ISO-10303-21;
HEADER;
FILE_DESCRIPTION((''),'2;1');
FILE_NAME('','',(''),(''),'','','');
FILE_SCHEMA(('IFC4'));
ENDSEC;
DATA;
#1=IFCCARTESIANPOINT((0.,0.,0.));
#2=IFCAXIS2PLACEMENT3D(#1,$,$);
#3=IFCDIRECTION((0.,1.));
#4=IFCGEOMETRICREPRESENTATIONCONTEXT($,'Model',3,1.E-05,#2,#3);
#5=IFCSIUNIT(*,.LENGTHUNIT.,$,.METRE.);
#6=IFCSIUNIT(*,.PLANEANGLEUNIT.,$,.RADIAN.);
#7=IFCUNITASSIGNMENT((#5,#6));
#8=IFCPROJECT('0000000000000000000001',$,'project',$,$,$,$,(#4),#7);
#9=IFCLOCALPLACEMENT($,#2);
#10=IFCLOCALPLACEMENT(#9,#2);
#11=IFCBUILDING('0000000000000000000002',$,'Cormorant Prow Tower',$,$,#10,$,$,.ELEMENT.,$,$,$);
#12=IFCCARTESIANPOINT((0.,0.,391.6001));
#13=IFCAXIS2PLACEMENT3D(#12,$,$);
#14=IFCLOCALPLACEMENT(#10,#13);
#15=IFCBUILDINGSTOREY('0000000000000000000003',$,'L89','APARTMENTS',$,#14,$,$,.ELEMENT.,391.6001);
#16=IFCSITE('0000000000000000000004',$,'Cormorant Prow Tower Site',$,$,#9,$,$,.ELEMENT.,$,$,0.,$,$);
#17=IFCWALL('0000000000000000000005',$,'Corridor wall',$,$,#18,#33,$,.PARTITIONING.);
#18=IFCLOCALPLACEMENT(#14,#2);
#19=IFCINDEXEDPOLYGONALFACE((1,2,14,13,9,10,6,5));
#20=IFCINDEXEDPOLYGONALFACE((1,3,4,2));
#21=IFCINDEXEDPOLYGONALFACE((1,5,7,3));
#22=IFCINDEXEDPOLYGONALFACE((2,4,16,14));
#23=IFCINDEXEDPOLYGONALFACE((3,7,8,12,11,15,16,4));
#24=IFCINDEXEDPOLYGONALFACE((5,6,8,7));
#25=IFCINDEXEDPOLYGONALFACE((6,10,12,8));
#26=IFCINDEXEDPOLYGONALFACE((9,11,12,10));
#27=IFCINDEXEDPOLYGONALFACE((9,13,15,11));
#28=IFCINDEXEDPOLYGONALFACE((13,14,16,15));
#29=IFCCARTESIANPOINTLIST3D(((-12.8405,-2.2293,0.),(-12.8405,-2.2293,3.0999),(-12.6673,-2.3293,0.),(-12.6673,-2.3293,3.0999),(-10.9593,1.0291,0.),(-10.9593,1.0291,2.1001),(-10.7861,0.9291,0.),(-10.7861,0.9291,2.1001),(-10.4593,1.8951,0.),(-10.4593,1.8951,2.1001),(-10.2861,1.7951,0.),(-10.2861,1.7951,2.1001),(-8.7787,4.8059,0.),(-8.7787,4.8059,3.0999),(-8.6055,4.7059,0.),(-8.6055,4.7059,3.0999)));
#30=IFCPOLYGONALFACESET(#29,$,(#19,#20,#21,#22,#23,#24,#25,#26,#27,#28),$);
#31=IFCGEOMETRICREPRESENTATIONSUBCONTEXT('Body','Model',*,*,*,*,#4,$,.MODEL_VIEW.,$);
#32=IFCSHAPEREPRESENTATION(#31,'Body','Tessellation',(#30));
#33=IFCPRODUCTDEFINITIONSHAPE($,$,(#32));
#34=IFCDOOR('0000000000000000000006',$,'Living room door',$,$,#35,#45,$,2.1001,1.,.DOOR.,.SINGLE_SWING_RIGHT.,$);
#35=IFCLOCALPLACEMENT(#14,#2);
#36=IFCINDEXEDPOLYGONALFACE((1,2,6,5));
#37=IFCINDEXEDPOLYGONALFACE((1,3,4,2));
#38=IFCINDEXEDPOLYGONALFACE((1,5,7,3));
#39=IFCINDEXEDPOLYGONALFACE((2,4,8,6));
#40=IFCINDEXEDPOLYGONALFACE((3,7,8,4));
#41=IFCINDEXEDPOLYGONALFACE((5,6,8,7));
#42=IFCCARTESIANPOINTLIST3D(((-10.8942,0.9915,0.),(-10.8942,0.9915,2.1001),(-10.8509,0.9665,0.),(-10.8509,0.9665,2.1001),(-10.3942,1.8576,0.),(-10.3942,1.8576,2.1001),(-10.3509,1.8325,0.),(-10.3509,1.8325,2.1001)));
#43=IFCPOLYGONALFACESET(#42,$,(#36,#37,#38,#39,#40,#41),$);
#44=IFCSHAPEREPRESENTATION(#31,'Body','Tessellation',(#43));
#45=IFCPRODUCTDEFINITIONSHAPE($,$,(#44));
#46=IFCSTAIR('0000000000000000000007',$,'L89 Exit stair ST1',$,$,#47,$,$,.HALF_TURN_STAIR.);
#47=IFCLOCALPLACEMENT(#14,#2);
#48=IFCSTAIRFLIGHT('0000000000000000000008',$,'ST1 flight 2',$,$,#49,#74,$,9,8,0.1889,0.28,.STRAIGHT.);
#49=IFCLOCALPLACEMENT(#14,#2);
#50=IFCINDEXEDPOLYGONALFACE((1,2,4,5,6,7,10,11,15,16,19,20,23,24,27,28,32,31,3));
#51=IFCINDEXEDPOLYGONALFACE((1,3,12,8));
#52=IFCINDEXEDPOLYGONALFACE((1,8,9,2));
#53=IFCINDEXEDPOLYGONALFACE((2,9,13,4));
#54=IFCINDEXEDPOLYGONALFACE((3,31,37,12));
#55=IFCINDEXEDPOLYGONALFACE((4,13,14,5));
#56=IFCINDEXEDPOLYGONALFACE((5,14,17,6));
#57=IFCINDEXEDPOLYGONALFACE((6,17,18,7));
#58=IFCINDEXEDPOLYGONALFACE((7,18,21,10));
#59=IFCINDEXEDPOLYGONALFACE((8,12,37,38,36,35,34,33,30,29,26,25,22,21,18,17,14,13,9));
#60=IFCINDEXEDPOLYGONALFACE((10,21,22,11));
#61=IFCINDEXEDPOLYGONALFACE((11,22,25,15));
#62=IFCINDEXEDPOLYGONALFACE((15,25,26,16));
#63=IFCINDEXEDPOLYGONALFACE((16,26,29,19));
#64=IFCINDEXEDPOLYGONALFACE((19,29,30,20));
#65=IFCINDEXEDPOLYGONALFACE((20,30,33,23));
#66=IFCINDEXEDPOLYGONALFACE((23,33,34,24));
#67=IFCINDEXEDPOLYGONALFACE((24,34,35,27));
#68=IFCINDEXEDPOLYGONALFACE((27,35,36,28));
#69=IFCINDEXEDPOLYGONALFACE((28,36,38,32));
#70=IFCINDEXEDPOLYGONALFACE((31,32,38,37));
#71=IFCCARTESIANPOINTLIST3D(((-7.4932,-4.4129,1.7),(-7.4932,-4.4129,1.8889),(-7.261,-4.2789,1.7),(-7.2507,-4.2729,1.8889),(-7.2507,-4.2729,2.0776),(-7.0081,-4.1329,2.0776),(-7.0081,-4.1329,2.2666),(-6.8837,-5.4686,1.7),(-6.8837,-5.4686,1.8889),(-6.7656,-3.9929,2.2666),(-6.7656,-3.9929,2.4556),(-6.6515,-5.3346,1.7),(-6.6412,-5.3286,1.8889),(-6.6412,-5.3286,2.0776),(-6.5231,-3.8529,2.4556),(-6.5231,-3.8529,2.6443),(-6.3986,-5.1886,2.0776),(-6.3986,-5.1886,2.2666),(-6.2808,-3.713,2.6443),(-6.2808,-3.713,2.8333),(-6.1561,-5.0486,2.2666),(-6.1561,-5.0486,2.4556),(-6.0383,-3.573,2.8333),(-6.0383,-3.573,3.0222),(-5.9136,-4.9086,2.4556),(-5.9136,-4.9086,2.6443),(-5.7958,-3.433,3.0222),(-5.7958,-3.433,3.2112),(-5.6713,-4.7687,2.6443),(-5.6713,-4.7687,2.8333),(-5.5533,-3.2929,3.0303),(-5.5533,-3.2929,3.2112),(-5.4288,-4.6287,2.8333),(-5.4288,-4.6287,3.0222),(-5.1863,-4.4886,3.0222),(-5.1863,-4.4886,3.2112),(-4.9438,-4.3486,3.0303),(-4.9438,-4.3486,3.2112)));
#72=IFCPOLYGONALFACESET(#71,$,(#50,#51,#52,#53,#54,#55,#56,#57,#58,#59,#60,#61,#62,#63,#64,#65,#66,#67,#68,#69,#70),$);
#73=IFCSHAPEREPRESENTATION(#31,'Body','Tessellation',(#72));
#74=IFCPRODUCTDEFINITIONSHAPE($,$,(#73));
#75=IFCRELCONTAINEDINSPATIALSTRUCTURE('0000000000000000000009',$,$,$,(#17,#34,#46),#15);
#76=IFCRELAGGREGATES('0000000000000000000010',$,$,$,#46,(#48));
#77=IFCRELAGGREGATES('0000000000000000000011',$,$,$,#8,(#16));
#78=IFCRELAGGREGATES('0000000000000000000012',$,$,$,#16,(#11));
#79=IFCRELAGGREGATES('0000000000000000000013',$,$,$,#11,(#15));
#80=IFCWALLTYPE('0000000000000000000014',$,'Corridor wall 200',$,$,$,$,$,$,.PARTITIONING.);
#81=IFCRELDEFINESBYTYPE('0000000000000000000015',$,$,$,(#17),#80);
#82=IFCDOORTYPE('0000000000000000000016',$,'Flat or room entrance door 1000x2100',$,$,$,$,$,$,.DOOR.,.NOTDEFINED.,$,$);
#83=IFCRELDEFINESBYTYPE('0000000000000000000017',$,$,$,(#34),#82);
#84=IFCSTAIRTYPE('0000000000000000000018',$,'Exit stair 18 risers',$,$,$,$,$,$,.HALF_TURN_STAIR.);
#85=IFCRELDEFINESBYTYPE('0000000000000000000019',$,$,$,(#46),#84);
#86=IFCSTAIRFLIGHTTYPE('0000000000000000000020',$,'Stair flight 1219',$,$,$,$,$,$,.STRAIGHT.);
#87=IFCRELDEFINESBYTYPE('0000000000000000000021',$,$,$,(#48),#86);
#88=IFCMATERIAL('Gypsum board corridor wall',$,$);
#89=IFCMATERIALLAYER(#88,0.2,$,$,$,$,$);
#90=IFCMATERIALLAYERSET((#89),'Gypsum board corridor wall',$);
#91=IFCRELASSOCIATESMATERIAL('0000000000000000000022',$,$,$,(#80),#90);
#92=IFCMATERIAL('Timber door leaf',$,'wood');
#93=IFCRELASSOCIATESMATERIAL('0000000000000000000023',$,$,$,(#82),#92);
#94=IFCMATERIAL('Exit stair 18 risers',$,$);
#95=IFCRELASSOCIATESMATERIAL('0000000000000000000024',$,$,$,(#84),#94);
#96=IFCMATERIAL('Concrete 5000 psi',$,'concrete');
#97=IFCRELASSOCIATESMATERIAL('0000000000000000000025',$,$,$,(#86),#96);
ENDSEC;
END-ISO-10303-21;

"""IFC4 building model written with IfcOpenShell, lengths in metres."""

from ifc_helpers import new_model, si_unit, direction, frame, frame_2d, origin, place, context, subcontext, project, spatial, polyline, rectangle, outline, extrude, material, layer, layer_set, type_object, element, fill, aggregate, save


model = new_model("IFC4")

# Units and contexts
model_context = context("Model", 3, precision=1e-05, world=origin(), true_north=direction((0.0, 1.0)))
body_context = subcontext(model_context, "Body", "Model", "MODEL_VIEW")
ifc_project = project(units=[si_unit("LENGTHUNIT", "METRE"), si_unit("PLANEANGLEUNIT", "RADIAN")], contexts=[model_context])

# Site, building, storey
site_placement = place(None, origin())
site = spatial("IfcSite", under=ifc_project, at=site_placement, Name="Cormorant Prow Tower Site", CompositionType="ELEMENT", RefElevation=0.0)
building_placement = place(site_placement, origin())
building = spatial("IfcBuilding", under=site, at=building_placement, Name="Cormorant Prow Tower", CompositionType="ELEMENT")
storey_placement = place(building_placement, frame((0.0, 0.0, 391.6001)))
storey = spatial("IfcBuildingStorey", under=building, at=storey_placement, Name="L89", Description="APARTMENTS", CompositionType="ELEMENT", Elevation=391.6001)

# Wall, opening, door
ifc_material_1 = material(Name="Gypsum board corridor wall")
ifc_layer_1 = layer(ifc_material_1, 0.2)
ifc_layer_set_1 = layer_set([ifc_layer_1], Name="Gypsum board corridor wall")
wall_type_1 = type_object("IfcWallType", Name="Corridor wall 200", PredefinedType="PARTITIONING", material=ifc_layer_set_1)
ifc_material_2 = material(Name="Timber door leaf", Category="wood")
door_type_1 = type_object("IfcDoorType", Name="Flat or room entrance door 1000x2100", OperationType="NOTDEFINED", PredefinedType="DOOR", material=ifc_material_2)
wall_1_placement = place(storey_placement, frame((-12.7539, -2.2793, 0.0), z_axis=(0.0, 0.0, 1.0), x_axis=(0.500002, 0.866024, 0.0)))
wall_1 = element("IfcWall", 1, at=wall_1_placement, inside=storey, type_object=wall_type_1, Name="Corridor wall", PredefinedType="PARTITIONING", context=body_context, shape_type="SweptSolid", body=[
    extrude(rectangle(XDim=8.1235, YDim=0.2, at=frame_2d((4.0618, 0.0))), origin(), (0.0, 0.0, 1.0), 3.0999),
])
opening_1_placement = place(wall_1_placement, frame((3.7625, 0.0, 0.0)))
opening_1 = element("IfcOpeningElement", 2, at=opening_1_placement, cuts=wall_1, PredefinedType="OPENING", context=body_context, shape_type="SweptSolid", body=[
    extrude(rectangle(XDim=1.0, YDim=2.1001, at=frame_2d((0.5, 1.05))), frame((0.0, 0.1099, 0.0), z_axis=(0.0, -1.0, 0.0), x_axis=(1.0, 0.0, 0.0)), (0.0, 0.0, 1.0), 0.22),
])
door_1_placement = place(opening_1_placement, origin())
door_1 = element("IfcDoor", 3, at=door_1_placement, inside=storey, type_object=door_type_1, Name="Living room door", OperationType="SINGLE_SWING_RIGHT", OverallHeight=2.1001, OverallWidth=1.0, PredefinedType="DOOR", context=body_context, shape_type="SweptSolid", body=[
    extrude(rectangle(XDim=1.0, YDim=2.1001, at=frame_2d((0.5, 1.05))), frame((0.0, 0.0249, 0.0), z_axis=(0.0, -1.0, 0.0), x_axis=(1.0, 0.0, 0.0)), (0.0, 0.0, 1.0), 0.05),
])
fill(opening_1, door_1)

# Stair, stair flight
ifc_material_3 = material(Name="Exit stair 18 risers")
stair_type = type_object("IfcStairType", Name="Exit stair 18 risers", PredefinedType="HALF_TURN_STAIR", material=ifc_material_3)
stair_placement = place(storey_placement, origin())
stair = element("IfcStair", 4, at=stair_placement, inside=storey, type_object=stair_type, Name="L89 Exit stair ST1", PredefinedType="HALF_TURN_STAIR")
ifc_material_4 = material(Name="Concrete 5000 psi", Category="concrete")
stair_flight_type = type_object("IfcStairFlightType", Name="Stair flight 1219", PredefinedType="STRAIGHT", material=ifc_material_4)
stair_flight_placement = place(storey_placement, frame((-7.1885, -4.9407, 1.7), z_axis=(0.0, 0.0, 1.0), x_axis=(0.866025, 0.5, 0.0)))
stair_flight = element("IfcStairFlight", 5, at=stair_flight_placement, type_object=stair_flight_type, Name="ST1 flight 2", NumberOfRisers=9, NumberOfTreads=8, PredefinedType="STRAIGHT", RiserHeight=0.1889, TreadLength=0.28, context=body_context, shape_type="SweptSolid", body=[
    extrude(outline(polyline([(0.0, 0.0), (0.0, 0.189), (0.28, 0.189), (0.28, 0.3777), (0.5601, 0.3777), (0.5601, 0.5667), (0.8401, 0.5667), (0.8401, 0.7556), (1.1201, 0.7556), (1.1201, 0.9443), (1.3999, 0.9443), (1.3999, 1.1333), (1.6799, 1.1333), (1.6799, 1.3223), (1.96, 1.3223), (1.96, 1.5112), (2.24, 1.5112), (2.24, 1.7), (2.24, 1.3303), (0.2681, 0.0), (0.0, 0.0)])), frame((0.0, 0.6094, 0.0), z_axis=(0.0, -1.0, 0.0), x_axis=(1.0, 0.0, 0.0)), (0.0, 0.0, 1.0), 1.219),
])
aggregate(stair, [stair_flight])

save(model, "model.ifc")
